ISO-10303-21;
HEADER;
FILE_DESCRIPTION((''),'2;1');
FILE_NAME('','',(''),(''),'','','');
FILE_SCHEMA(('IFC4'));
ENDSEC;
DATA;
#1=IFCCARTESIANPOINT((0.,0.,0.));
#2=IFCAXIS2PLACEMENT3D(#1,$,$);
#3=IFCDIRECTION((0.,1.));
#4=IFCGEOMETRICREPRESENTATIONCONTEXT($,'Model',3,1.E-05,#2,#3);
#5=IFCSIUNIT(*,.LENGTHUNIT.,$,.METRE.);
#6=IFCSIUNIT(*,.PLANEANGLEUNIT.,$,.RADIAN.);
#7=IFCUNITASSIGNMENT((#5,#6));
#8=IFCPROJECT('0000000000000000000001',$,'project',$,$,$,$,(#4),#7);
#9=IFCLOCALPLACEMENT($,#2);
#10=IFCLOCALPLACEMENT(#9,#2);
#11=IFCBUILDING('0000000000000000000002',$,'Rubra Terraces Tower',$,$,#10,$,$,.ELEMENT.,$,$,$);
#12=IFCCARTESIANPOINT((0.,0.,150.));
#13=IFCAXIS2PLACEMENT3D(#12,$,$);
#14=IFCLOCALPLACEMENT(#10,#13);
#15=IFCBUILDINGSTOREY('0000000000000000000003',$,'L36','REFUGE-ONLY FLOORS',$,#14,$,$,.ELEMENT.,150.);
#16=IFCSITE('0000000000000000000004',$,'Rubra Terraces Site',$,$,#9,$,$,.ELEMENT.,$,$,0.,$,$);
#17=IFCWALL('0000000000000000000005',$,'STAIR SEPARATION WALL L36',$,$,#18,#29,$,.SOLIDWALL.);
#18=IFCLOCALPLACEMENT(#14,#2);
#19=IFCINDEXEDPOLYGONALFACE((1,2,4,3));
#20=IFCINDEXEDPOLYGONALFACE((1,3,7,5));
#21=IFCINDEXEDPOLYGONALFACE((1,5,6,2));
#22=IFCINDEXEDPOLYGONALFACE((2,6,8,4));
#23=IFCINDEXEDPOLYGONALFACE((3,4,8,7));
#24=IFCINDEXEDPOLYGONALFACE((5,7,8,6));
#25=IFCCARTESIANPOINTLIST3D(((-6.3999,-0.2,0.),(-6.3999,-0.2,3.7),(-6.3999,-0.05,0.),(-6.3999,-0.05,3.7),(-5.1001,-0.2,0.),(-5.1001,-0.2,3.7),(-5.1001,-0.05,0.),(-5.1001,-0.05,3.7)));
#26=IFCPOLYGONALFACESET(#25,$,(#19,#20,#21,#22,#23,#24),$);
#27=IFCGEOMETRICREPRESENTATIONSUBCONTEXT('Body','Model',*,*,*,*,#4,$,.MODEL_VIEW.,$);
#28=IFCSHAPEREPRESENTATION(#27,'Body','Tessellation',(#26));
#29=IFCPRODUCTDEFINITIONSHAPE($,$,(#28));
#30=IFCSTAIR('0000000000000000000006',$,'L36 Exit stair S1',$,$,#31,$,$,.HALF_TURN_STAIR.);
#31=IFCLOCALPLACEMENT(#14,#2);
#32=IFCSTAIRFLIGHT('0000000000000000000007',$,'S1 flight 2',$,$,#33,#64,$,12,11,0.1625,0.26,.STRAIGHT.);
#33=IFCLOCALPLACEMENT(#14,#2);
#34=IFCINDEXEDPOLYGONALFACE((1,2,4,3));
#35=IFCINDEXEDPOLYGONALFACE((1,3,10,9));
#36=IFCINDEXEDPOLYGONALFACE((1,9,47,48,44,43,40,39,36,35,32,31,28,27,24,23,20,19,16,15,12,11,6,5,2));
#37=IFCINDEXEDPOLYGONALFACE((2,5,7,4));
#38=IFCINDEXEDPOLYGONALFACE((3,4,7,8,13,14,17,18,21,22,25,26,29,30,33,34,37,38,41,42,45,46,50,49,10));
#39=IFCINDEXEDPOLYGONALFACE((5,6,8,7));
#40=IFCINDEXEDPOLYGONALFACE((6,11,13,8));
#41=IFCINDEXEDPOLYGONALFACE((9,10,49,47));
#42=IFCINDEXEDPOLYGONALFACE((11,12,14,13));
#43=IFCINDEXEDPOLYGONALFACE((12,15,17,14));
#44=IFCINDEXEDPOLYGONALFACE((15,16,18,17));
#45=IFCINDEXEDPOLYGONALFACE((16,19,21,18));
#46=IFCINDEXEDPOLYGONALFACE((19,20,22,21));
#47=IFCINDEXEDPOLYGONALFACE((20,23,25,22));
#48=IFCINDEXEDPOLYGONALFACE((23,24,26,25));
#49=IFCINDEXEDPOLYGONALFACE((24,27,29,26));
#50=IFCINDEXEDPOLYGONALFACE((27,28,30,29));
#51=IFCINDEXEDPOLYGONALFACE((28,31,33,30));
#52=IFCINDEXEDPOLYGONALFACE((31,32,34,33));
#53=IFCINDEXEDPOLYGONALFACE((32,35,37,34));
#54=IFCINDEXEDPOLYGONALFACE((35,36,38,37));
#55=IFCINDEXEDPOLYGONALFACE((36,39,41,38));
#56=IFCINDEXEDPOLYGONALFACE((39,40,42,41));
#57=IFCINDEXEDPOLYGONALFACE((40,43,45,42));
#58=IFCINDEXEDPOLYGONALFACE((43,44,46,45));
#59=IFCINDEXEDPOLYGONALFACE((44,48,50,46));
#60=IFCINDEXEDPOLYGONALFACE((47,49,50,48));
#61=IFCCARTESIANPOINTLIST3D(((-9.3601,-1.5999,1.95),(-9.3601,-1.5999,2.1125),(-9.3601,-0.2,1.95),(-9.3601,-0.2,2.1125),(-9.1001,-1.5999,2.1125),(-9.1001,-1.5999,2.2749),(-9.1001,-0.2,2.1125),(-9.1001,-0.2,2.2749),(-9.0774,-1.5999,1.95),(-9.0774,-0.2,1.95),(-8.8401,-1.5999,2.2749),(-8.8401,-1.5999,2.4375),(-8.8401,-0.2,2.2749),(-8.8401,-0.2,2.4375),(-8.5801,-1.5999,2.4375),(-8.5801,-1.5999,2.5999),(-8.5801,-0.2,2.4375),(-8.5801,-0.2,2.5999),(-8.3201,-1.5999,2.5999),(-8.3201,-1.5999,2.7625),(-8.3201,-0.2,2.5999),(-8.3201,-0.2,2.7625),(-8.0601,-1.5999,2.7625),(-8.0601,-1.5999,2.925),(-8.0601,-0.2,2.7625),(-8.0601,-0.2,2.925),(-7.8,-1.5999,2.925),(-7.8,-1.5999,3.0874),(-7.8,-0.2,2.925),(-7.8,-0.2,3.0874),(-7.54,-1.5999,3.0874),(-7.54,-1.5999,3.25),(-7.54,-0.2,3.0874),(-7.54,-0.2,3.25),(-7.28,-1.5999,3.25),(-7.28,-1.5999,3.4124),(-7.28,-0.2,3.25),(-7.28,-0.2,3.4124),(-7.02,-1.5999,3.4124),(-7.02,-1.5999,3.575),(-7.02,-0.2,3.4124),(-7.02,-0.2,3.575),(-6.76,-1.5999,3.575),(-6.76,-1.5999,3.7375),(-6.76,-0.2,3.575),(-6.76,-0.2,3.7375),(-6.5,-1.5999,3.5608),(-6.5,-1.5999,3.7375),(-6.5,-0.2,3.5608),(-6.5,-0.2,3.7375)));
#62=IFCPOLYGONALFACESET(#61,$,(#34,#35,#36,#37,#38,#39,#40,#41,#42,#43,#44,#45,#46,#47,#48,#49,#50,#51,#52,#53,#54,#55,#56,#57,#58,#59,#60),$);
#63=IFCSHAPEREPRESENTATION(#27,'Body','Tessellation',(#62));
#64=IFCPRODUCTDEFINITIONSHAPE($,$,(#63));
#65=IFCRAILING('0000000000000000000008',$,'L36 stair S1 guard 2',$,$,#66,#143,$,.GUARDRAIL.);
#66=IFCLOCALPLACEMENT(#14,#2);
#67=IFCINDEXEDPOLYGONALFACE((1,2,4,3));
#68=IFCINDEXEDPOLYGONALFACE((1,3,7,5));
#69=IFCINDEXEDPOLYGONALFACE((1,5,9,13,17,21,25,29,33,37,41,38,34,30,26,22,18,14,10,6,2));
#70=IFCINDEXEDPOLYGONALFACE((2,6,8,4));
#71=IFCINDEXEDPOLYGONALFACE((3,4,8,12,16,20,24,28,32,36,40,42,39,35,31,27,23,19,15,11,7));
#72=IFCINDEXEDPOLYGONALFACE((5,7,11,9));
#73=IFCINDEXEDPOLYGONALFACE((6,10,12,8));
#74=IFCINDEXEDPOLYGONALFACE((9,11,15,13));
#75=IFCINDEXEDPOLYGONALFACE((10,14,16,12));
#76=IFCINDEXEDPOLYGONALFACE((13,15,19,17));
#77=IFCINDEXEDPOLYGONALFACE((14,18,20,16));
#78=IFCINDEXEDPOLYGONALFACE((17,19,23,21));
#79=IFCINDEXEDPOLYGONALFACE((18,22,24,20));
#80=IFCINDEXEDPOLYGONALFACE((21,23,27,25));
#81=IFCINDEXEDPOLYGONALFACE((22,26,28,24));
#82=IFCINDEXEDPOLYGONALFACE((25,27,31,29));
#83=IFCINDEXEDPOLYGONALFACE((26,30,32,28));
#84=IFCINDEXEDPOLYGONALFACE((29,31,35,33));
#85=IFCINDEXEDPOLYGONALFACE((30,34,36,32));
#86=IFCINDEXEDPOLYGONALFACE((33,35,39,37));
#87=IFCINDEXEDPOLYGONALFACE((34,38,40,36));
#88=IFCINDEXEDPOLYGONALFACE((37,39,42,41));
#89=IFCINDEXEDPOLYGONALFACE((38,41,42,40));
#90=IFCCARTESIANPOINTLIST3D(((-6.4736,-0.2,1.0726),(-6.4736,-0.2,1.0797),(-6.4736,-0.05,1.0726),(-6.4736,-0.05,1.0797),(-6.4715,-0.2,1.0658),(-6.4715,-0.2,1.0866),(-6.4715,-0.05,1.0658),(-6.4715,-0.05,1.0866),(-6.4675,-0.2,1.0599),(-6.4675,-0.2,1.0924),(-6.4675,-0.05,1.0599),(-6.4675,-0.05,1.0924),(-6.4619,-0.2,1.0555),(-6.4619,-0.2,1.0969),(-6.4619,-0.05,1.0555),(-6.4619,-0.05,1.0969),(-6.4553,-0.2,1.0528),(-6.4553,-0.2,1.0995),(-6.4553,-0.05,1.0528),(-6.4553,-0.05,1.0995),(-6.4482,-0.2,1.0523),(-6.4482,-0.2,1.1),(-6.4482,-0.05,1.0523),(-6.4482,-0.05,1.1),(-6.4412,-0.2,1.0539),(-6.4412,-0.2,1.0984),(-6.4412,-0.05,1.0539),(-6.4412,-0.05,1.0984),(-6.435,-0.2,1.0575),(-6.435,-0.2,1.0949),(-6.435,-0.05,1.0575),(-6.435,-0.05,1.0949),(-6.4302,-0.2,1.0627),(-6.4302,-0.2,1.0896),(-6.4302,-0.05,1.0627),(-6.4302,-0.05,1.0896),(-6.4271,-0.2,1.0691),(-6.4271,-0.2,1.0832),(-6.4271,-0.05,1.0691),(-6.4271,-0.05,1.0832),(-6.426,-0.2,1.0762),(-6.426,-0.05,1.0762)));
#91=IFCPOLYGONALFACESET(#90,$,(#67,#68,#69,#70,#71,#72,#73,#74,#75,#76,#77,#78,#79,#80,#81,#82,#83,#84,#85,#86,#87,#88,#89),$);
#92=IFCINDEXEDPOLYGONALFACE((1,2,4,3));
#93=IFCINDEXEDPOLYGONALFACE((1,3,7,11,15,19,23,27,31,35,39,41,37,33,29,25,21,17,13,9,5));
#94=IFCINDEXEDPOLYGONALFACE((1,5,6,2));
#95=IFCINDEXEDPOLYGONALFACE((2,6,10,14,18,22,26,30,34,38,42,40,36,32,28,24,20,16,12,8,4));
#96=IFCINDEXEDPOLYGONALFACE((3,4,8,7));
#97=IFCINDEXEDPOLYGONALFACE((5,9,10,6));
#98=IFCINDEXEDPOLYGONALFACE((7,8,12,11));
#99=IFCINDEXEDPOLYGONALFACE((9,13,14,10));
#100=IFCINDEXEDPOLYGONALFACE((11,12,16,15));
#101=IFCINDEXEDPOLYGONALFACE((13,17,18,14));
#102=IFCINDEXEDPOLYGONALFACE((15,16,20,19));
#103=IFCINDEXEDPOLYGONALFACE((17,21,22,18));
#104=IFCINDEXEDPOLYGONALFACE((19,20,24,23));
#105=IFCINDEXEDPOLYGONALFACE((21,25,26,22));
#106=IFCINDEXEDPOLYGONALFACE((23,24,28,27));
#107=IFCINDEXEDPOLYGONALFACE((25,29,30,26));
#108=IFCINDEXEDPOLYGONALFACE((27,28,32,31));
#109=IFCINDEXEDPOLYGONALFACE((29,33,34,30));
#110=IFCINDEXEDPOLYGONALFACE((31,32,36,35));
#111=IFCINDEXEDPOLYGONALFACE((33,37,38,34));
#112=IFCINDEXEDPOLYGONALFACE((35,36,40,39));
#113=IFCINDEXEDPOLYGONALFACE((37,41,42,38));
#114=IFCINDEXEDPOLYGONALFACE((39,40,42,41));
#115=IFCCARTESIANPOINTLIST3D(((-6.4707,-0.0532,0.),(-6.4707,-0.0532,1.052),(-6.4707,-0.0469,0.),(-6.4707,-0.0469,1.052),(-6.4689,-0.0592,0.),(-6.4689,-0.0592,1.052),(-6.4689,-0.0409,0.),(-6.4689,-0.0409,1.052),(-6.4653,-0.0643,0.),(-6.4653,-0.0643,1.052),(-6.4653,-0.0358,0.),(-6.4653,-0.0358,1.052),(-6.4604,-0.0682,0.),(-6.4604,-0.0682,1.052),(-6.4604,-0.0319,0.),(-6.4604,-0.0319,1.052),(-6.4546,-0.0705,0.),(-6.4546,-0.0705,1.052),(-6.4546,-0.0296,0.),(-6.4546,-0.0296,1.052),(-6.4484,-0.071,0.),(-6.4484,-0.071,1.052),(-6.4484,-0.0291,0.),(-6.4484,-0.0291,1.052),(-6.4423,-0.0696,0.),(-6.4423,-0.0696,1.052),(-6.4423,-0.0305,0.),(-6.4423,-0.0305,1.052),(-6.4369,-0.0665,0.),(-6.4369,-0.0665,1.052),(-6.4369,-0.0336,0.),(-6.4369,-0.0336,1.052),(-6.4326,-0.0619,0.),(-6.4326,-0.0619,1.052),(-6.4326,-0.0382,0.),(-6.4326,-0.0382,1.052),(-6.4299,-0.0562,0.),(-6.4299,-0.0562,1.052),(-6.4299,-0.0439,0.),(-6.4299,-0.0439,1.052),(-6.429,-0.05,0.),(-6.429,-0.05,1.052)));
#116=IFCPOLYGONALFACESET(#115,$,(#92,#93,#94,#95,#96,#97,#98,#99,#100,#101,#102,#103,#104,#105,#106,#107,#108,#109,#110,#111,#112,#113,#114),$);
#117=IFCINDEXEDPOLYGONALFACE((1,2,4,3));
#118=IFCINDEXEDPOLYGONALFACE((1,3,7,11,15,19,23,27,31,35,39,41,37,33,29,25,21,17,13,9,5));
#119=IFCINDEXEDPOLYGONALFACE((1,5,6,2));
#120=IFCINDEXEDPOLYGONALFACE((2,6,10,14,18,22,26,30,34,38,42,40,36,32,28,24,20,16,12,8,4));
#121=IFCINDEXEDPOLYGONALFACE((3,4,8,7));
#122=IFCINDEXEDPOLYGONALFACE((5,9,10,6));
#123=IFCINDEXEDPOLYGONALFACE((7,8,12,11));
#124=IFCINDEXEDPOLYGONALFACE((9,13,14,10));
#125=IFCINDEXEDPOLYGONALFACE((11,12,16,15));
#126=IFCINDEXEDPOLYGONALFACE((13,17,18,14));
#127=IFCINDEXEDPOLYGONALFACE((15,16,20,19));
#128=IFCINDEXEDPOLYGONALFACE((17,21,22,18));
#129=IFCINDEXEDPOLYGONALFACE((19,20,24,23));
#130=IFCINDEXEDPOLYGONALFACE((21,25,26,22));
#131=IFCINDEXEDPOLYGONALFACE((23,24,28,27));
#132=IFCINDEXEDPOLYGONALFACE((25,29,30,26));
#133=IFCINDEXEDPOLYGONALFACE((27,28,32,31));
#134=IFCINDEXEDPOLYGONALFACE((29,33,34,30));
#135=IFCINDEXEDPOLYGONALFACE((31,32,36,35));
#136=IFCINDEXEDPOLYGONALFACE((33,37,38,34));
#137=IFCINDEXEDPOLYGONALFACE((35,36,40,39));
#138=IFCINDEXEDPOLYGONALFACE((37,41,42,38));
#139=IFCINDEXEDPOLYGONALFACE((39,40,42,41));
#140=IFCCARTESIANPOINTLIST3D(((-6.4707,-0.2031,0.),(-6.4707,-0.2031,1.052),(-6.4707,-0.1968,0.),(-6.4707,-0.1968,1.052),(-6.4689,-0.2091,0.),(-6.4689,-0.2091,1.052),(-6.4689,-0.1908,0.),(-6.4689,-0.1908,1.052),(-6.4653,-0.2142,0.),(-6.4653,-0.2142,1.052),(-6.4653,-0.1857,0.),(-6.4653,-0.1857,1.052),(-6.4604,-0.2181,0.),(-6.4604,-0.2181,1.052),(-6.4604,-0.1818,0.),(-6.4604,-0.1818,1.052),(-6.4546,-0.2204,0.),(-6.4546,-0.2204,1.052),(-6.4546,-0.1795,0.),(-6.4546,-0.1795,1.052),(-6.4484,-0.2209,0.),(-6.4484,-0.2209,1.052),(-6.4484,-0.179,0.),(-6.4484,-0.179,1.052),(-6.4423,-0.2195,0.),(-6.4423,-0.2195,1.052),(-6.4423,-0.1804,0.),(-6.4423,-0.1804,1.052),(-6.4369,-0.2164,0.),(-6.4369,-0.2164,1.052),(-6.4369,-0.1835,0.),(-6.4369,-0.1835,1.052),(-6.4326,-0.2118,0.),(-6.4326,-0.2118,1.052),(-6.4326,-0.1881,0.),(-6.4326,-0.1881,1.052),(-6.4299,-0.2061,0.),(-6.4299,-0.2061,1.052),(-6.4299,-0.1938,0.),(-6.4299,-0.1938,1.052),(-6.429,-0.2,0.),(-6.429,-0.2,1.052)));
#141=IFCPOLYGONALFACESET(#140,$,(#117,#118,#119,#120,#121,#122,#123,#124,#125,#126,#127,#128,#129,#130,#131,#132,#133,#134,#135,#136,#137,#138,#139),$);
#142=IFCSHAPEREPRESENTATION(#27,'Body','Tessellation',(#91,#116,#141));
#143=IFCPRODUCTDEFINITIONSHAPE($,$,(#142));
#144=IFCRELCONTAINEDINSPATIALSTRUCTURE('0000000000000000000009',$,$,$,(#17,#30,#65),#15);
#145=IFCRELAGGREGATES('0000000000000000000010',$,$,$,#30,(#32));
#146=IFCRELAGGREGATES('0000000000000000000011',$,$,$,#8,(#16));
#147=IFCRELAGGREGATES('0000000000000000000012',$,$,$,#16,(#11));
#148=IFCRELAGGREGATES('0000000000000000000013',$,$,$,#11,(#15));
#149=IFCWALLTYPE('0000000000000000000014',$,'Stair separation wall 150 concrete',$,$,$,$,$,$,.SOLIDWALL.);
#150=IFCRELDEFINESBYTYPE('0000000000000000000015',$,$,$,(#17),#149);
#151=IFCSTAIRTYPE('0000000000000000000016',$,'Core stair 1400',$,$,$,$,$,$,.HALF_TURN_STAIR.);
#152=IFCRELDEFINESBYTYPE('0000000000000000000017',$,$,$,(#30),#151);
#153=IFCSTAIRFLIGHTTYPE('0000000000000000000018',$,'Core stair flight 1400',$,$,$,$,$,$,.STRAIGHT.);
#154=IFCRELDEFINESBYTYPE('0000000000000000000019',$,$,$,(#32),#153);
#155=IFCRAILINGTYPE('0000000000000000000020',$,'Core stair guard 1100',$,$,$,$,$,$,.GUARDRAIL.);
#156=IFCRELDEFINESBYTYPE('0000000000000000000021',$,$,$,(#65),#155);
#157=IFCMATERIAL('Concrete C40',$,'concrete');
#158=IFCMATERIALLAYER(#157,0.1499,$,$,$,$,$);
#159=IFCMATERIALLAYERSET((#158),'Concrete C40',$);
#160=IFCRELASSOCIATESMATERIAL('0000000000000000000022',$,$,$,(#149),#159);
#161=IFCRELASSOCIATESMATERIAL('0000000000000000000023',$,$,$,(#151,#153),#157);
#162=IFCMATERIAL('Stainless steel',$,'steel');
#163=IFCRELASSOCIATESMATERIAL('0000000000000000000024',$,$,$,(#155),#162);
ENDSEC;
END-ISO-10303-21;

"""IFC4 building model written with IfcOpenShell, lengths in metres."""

from ifc_helpers import new_model, si_unit, direction, frame, frame_2d, origin, origin_2d, place, context, subcontext, project, spatial, polyline, rectangle, circle, outline, extrude, material, layer, layer_set, type_object, element, aggregate, save


model = new_model("IFC4")

# Units and contexts
model_context = context("Model", 3, precision=1e-05, world=origin(), true_north=direction((0.0, 1.0)))
body_context = subcontext(model_context, "Body", "Model", "MODEL_VIEW")
ifc_project = project(units=[si_unit("LENGTHUNIT", "METRE"), si_unit("PLANEANGLEUNIT", "RADIAN")], contexts=[model_context])

# Site, building, storey
site_placement = place(None, origin())
site = spatial("IfcSite", under=ifc_project, at=site_placement, Name="Rubra Terraces Site", CompositionType="ELEMENT", RefElevation=0.0)
building_placement = place(site_placement, origin())
building = spatial("IfcBuilding", under=site, at=building_placement, Name="Rubra Terraces Tower", CompositionType="ELEMENT")
storey_placement = place(building_placement, frame((0.0, 0.0, 150.0)))
storey = spatial("IfcBuildingStorey", under=building, at=storey_placement, Name="L36", Description="REFUGE-ONLY FLOORS", CompositionType="ELEMENT", Elevation=150.0)

# Shared definitions
ifc_material_1 = material(Name="Concrete C40", Category="concrete")

# Wall
ifc_layer_1 = layer(ifc_material_1, 0.1499)
ifc_layer_set_1 = layer_set([ifc_layer_1], Name="Concrete C40")
wall_type_1 = type_object("IfcWallType", Name="Stair separation wall 150 concrete", PredefinedType="SOLIDWALL", material=ifc_layer_set_1)
wall_1_placement = place(storey_placement, frame((-6.3999, -0.125, 0.0), z_axis=(0.0, 0.0, 1.0), x_axis=(1.0, 0.0, 0.0)))
element("IfcWall", 1, at=wall_1_placement, inside=storey, type_object=wall_type_1, Name="STAIR SEPARATION WALL L36", PredefinedType="SOLIDWALL", context=body_context, shape_type="SweptSolid", body=[
    extrude(rectangle(XDim=1.2998, YDim=0.1499, at=frame_2d((0.6499, 0.0))), origin(), (0.0, 0.0, 1.0), 3.7),
])

# Stair, stair flight
stair_type = type_object("IfcStairType", Name="Core stair 1400", PredefinedType="HALF_TURN_STAIR", material=ifc_material_1)
stair_placement = place(storey_placement, origin())
stair = element("IfcStair", 2, at=stair_placement, inside=storey, type_object=stair_type, Name="L36 Exit stair S1", PredefinedType="HALF_TURN_STAIR")
stair_flight_type = type_object("IfcStairFlightType", Name="Core stair flight 1400", PredefinedType="STRAIGHT", material=ifc_material_1)
stair_flight_placement = place(storey_placement, frame((-9.3601, -0.8999, 1.95), z_axis=(0.0, 0.0, 1.0), x_axis=(1.0, 0.0, 0.0)))
stair_flight = element("IfcStairFlight", 3, at=stair_flight_placement, type_object=stair_flight_type, Name="S1 flight 2", NumberOfRisers=12, NumberOfTreads=11, PredefinedType="STRAIGHT", RiserHeight=0.1625, TreadLength=0.26, context=body_context, shape_type="SweptSolid", body=[
    extrude(outline(polyline([(0.0, 0.0), (0.0, 0.1626), (0.26, 0.1626), (0.26, 0.325), (0.52, 0.325), (0.52, 0.4875), (0.78, 0.4875), (0.78, 0.6499), (1.04, 0.6499), (1.04, 0.8125), (1.3, 0.8125), (1.3, 0.9751), (1.5601, 0.9751), (1.5601, 1.1375), (1.8201, 1.1375), (1.8201, 1.3), (2.0801, 1.3), (2.0801, 1.4624), (2.3401, 1.4624), (2.3401, 1.625), (2.6001, 1.625), (2.6001, 1.7876), (2.8601, 1.7876), (2.8601, 1.95), (2.8601, 1.6108), (0.2827, 0.0), (0.0, 0.0)])), frame((0.0, 0.7, 0.0), z_axis=(0.0, -1.0, 0.0), x_axis=(1.0, 0.0, 0.0)), (0.0, 0.0, 1.0), 1.3999),
])
aggregate(stair, [stair_flight])

# Railing
ifc_material_2 = material(Name="Stainless steel", Category="steel")
railing_type = type_object("IfcRailingType", Name="Core stair guard 1100", PredefinedType="GUARDRAIL", material=ifc_material_2)
railing_1_placement = place(storey_placement, frame((-6.45, -0.05, 0.0)))
element("IfcRailing", 4, at=railing_1_placement, inside=storey, type_object=railing_type, Name="L36 stair S1 guard 2", PredefinedType="GUARDRAIL", context=body_context, shape_type="SweptSolid", body=[
    extrude(circle(Radius=0.0239, at=origin_2d()), frame((0.0, 0.0, 1.0762), z_axis=(0.0, -1.0, 0.0), x_axis=(1.0, 0.0, 0.0)), (0.0, 0.0, 1.0), 0.1499),
    extrude(circle(Radius=0.021, at=origin_2d()), origin(), (0.0, 0.0, 1.0), 1.052),
    extrude(circle(Radius=0.021, at=origin_2d()), frame((0.0, -0.1499, 0.0)), (0.0, 0.0, 1.0), 1.052),
])

save(model, "model.ifc")
